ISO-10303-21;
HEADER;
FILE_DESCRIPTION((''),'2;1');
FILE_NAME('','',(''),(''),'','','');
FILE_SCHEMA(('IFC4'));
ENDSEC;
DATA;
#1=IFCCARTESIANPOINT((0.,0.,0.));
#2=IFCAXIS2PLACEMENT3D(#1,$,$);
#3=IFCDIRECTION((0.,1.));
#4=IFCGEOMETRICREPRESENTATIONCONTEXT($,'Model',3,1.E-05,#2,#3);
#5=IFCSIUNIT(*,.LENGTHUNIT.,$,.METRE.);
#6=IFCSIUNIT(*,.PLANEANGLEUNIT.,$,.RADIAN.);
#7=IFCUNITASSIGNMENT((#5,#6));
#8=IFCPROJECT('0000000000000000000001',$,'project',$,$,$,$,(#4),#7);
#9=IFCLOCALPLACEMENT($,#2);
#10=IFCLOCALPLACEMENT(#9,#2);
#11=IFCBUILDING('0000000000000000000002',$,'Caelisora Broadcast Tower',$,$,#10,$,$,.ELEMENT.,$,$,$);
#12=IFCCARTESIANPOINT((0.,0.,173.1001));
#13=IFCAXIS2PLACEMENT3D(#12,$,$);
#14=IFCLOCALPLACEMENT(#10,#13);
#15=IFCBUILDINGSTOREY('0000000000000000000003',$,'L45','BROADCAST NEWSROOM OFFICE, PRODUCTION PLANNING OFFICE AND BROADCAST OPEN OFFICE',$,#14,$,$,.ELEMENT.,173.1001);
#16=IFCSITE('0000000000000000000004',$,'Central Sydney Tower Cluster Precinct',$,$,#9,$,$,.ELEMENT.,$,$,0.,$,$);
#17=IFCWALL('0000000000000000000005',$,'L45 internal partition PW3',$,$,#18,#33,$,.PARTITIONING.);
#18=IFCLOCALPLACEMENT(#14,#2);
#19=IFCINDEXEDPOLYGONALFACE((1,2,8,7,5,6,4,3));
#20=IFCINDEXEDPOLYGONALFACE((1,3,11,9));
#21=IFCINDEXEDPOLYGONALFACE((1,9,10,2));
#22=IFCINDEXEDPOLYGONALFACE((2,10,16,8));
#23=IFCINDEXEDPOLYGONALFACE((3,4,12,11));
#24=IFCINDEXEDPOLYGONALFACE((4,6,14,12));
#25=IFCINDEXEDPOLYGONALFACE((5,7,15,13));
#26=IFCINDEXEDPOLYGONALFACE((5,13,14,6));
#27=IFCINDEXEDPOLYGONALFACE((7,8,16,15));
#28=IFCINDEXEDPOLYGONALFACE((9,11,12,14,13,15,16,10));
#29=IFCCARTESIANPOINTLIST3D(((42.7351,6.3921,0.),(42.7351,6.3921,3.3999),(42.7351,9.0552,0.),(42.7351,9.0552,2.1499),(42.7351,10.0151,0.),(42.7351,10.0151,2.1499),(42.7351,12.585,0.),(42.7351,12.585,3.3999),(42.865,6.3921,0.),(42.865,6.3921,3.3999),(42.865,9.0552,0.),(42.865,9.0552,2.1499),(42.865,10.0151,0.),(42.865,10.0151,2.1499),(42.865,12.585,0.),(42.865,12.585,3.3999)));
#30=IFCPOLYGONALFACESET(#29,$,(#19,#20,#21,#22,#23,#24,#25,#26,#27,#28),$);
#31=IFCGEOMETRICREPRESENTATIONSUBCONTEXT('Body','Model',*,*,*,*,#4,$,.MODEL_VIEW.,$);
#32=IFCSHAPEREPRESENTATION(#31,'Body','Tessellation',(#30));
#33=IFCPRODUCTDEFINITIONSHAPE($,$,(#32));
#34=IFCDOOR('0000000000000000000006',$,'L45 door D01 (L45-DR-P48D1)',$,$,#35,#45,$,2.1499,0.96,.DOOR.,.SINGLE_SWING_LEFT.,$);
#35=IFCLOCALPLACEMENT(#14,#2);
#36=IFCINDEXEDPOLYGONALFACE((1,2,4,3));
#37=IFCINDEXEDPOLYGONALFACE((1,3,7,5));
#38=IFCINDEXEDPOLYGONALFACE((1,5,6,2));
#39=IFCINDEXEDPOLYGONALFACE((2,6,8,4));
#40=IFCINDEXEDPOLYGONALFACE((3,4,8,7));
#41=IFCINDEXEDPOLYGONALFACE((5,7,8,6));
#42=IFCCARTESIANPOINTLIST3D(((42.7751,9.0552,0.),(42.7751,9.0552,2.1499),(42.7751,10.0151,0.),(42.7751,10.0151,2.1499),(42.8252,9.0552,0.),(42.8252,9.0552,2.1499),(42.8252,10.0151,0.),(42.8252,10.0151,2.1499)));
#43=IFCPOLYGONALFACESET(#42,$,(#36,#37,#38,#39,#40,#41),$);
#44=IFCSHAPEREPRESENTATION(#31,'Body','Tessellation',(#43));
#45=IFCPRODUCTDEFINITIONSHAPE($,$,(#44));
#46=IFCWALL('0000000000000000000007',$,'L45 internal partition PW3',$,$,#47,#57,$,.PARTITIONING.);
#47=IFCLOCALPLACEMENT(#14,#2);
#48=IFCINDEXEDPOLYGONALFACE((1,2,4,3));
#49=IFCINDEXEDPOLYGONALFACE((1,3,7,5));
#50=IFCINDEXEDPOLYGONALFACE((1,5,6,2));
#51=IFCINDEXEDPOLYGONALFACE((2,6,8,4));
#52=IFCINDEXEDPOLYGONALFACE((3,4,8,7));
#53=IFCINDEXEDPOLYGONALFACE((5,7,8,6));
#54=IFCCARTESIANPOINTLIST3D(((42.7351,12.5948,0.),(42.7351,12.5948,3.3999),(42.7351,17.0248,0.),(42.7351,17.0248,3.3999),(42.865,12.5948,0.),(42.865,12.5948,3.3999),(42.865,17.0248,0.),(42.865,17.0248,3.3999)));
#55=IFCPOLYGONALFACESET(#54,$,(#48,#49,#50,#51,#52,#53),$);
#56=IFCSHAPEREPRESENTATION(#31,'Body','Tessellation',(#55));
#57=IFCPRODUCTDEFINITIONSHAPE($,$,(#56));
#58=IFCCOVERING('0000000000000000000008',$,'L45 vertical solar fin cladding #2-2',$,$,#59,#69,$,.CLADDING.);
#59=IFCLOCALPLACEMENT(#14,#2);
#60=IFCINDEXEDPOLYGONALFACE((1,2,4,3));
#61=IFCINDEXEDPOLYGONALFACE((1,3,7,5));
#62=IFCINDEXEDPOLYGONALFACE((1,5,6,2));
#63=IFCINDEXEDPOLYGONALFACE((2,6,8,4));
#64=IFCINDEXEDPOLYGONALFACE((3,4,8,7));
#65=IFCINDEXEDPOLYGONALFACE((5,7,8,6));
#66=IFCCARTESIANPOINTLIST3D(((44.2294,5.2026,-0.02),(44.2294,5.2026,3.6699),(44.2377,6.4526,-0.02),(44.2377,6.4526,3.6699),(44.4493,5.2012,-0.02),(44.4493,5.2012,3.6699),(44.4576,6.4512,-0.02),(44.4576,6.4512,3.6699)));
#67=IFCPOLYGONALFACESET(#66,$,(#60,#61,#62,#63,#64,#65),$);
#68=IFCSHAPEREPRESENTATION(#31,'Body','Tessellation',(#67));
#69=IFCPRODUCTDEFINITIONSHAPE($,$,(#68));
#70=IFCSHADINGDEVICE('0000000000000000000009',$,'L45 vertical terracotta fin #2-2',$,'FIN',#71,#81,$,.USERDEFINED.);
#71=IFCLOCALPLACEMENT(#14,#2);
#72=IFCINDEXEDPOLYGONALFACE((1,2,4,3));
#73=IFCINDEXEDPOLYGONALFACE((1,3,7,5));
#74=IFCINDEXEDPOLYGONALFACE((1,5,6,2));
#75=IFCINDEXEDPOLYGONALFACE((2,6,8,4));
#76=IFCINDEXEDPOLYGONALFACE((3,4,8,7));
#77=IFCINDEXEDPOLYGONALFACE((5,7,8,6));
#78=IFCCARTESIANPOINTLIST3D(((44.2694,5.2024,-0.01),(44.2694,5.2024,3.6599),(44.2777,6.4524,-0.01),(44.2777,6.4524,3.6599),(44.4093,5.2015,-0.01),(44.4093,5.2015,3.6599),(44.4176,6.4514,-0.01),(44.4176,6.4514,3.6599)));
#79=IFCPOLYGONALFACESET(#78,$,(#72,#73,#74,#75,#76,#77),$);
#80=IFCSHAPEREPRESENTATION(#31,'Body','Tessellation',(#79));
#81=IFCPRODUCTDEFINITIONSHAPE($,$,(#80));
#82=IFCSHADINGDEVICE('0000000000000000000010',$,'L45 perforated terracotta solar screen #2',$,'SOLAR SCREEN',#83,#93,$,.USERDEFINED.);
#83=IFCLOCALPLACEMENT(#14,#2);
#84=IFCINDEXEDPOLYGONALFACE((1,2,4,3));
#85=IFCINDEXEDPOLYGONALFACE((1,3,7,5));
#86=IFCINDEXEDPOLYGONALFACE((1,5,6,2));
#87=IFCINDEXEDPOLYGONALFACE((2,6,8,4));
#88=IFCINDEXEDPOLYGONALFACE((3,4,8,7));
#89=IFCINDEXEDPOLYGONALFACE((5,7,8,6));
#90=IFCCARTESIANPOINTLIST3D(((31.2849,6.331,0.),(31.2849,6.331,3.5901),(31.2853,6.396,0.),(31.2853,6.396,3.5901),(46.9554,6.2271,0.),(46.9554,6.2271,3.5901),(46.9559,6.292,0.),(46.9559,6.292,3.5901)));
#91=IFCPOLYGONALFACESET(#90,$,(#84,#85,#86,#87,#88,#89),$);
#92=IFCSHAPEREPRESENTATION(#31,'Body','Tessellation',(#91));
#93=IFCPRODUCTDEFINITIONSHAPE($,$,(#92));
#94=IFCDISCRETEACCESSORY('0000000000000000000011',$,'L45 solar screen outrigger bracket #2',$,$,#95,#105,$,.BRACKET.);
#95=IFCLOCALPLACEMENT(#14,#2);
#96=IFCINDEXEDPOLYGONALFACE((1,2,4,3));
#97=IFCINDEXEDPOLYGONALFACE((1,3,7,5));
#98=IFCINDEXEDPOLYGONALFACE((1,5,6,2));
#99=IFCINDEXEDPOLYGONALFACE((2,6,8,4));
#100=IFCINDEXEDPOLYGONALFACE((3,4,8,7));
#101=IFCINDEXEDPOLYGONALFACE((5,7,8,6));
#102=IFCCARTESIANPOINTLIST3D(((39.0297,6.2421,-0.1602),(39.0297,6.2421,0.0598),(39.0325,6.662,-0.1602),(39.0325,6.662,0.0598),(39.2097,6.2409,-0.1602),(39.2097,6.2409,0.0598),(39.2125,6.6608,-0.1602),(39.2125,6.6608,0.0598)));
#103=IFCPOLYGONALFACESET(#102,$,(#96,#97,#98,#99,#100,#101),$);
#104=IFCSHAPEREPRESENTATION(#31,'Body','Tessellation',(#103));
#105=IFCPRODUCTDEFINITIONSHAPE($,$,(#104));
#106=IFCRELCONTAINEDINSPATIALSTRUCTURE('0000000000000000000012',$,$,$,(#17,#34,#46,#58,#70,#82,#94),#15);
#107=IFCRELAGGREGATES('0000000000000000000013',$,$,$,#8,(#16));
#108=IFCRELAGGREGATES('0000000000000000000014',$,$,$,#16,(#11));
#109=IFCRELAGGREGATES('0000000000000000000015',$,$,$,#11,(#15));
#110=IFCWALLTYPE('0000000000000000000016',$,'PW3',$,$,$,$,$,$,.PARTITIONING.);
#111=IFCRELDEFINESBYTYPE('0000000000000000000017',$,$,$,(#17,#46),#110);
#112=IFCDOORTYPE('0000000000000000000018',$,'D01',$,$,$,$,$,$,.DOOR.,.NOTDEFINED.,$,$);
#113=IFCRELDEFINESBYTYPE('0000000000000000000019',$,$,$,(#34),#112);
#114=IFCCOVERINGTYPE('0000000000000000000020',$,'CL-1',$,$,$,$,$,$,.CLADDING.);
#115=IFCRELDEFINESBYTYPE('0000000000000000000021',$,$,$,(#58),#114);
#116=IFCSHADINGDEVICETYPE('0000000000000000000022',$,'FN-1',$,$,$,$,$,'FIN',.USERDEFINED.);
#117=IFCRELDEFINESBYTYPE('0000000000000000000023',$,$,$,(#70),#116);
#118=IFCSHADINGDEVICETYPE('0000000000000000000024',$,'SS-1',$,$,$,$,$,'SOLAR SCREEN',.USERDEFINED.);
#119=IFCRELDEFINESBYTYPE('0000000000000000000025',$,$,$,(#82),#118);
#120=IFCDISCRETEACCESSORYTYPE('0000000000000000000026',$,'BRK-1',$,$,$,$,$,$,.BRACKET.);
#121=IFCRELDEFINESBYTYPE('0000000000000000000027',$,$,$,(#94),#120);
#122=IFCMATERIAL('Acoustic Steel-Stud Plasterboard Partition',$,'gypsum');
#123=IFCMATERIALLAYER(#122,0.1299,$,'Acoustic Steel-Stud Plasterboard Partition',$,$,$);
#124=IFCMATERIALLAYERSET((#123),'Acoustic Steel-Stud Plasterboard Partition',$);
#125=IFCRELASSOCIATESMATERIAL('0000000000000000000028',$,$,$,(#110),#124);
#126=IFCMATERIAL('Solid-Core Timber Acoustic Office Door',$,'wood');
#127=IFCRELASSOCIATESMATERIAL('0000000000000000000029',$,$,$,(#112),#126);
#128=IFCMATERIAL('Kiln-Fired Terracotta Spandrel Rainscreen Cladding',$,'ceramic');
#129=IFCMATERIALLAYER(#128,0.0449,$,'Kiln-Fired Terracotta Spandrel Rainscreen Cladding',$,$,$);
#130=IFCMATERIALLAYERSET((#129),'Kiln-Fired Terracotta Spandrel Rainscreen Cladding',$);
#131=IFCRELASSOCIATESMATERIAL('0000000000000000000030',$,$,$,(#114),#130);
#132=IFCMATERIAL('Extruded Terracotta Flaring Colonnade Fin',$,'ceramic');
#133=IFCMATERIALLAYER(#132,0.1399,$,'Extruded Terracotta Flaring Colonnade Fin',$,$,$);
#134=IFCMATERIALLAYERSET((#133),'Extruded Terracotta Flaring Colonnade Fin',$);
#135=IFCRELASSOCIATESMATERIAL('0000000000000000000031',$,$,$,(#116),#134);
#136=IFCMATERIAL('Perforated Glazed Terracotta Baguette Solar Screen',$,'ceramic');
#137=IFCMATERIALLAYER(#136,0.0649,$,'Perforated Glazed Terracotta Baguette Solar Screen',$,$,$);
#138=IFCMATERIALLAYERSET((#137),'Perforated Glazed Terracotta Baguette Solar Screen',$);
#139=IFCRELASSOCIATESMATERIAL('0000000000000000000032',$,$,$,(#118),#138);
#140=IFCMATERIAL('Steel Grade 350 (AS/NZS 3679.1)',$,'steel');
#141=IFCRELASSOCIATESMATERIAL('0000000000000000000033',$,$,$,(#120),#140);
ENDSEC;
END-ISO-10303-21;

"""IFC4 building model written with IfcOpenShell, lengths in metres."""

from ifc_helpers import new_model, si_unit, direction, frame, frame_2d, origin, origin_2d, place, context, subcontext, project, spatial, rectangle, extrude, source, transform, mapped, material, layer, layer_set, type_object, type_shapes, element, fill, save


model = new_model("IFC4")

# Units and contexts
model_context = context("Model", 3, precision=1e-05, world=origin(), true_north=direction((0.0, 1.0)))
body_context = subcontext(model_context, "Body", "Model", "MODEL_VIEW")
ifc_project = project(units=[si_unit("LENGTHUNIT", "METRE"), si_unit("PLANEANGLEUNIT", "RADIAN")], contexts=[model_context])

# Site, building, storey
site_placement = place(None, origin())
site = spatial("IfcSite", under=ifc_project, at=site_placement, Name="Central Sydney Tower Cluster Precinct", CompositionType="ELEMENT", RefElevation=0.0)
building_placement = place(site_placement, origin())
building = spatial("IfcBuilding", under=site, at=building_placement, Name="Caelisora Broadcast Tower", CompositionType="ELEMENT")
storey_placement = place(building_placement, frame((0.0, 0.0, 173.1001)))
storey = spatial("IfcBuildingStorey", under=building, at=storey_placement, Name="L45", Description="BROADCAST NEWSROOM OFFICE, PRODUCTION PLANNING OFFICE AND BROADCAST OPEN OFFICE", CompositionType="ELEMENT", Elevation=173.1001)

# Shared definitions
ifc_material_1 = material(Name="Steel Grade 350 (AS/NZS 3679.1)", Category="steel")

# Wall, opening, door
ifc_material_2 = material(Name="Acoustic Steel-Stud Plasterboard Partition", Category="gypsum")
ifc_layer_1 = layer(ifc_material_2, 0.1299, Name="Acoustic Steel-Stud Plasterboard Partition")
ifc_layer_set_1 = layer_set([ifc_layer_1], Name="Acoustic Steel-Stud Plasterboard Partition")
wall_type = type_object("IfcWallType", Name="PW3", PredefinedType="PARTITIONING", material=ifc_layer_set_1)
ifc_material_3 = material(Name="Solid-Core Timber Acoustic Office Door", Category="wood")
door_type = type_object("IfcDoorType", Name="D01", OperationType="NOTDEFINED", PredefinedType="DOOR", material=ifc_material_3)
wall_1_placement = place(storey_placement, frame((42.8, 6.3921, 0.0), z_axis=(0.0, 0.0, 1.0), x_axis=(0.0, 1.0, 0.0)))
wall_1 = element("IfcWall", 1, at=wall_1_placement, inside=storey, type_object=wall_type, Name="L45 internal partition PW3", PredefinedType="PARTITIONING", context=body_context, shape_type="SweptSolid", body=[
    extrude(rectangle(XDim=6.1929, YDim=0.1299, at=frame_2d((3.0964, 0.0))), origin(), (0.0, 0.0, 1.0), 3.3999),
])
opening_1_placement = place(wall_1_placement, frame((2.6631, 0.0, 0.0)))
opening_1 = element("IfcOpeningElement", 2, at=opening_1_placement, cuts=wall_1, PredefinedType="OPENING", context=body_context, shape_type="SweptSolid", body=[
    extrude(rectangle(XDim=0.96, YDim=2.1499, at=frame_2d((0.48, 1.075))), frame((0.0, 0.0769, 0.0), z_axis=(0.0, -1.0, 0.0), x_axis=(1.0, 0.0, 0.0)), (0.0, 0.0, 1.0), 0.1538),
])
door_1_placement = place(opening_1_placement, origin())
door_1 = element("IfcDoor", 3, at=door_1_placement, inside=storey, type_object=door_type, Name="L45 door D01 (L45-DR-P48D1)", OperationType="SINGLE_SWING_LEFT", OverallHeight=2.1499, OverallWidth=0.96, PredefinedType="DOOR", context=body_context, shape_type="SweptSolid", body=[
    extrude(rectangle(XDim=0.96, YDim=2.1499, at=frame_2d((0.48, 1.075))), frame((0.0, 0.0249, 0.0), z_axis=(0.0, -1.0, 0.0), x_axis=(1.0, 0.0, 0.0)), (0.0, 0.0, 1.0), 0.05),
])
fill(opening_1, door_1)

# Wall
wall_2_placement = place(storey_placement, frame((42.8, 12.595, 0.0), z_axis=(0.0, 0.0, 1.0), x_axis=(0.0, 1.0, 0.0)))
element("IfcWall", 4, at=wall_2_placement, inside=storey, type_object=wall_type, Name="L45 internal partition PW3", PredefinedType="PARTITIONING", context=body_context, shape_type="SweptSolid", body=[
    extrude(rectangle(XDim=4.4299, YDim=0.1299, at=frame_2d((2.2148, 0.0))), origin(), (0.0, 0.0, 1.0), 3.3999),
])

# Covering
ifc_material_4 = material(Name="Kiln-Fired Terracotta Spandrel Rainscreen Cladding", Category="ceramic")
ifc_layer_2 = layer(ifc_material_4, 0.0449, Name="Kiln-Fired Terracotta Spandrel Rainscreen Cladding")
ifc_layer_set_2 = layer_set([ifc_layer_2], Name="Kiln-Fired Terracotta Spandrel Rainscreen Cladding")
covering_type = type_object("IfcCoveringType", Name="CL-1", PredefinedType="CLADDING", material=ifc_layer_set_2)
shared_shape_1 = source(origin(), body_context, "Body", "SweptSolid", [
    extrude(rectangle(XDim=0.22, YDim=1.25, at=origin_2d()), origin(), (0.0, 0.0, 1.0), 3.6899),
])
type_shapes(covering_type, [shared_shape_1])
covering_placement = place(storey_placement, frame((44.3435, 5.8269, -0.02), z_axis=(0.0, 0.0, 1.0), x_axis=(-0.999978, 0.006632, 0.0)))
element("IfcCovering", 5, at=covering_placement, inside=storey, type_object=covering_type, Name="L45 vertical solar fin cladding #2-2", PredefinedType="CLADDING", context=body_context, shape_type="MappedRepresentation", body=[
    mapped(shared_shape_1, transform((0.0, 0.0, 0.0), scale=1.0)),
])

# Shading devices
ifc_material_5 = material(Name="Extruded Terracotta Flaring Colonnade Fin", Category="ceramic")
ifc_layer_3 = layer(ifc_material_5, 0.1399, Name="Extruded Terracotta Flaring Colonnade Fin")
ifc_layer_set_3 = layer_set([ifc_layer_3], Name="Extruded Terracotta Flaring Colonnade Fin")
shading_device_type_1 = type_object("IfcShadingDeviceType", Name="FN-1", ElementType="FIN", PredefinedType="USERDEFINED", material=ifc_layer_set_3)
shared_shape_2 = source(origin(), body_context, "Body", "SweptSolid", [
    extrude(rectangle(XDim=0.1399, YDim=1.25, at=origin_2d()), origin(), (0.0, 0.0, 1.0), 3.6699),
])
type_shapes(shading_device_type_1, [shared_shape_2])
shading_device_1_placement = place(storey_placement, frame((44.3435, 5.8269, -0.01), z_axis=(0.0, 0.0, 1.0), x_axis=(-0.999978, 0.006632, 0.0)))
element("IfcShadingDevice", 6, at=shading_device_1_placement, inside=storey, type_object=shading_device_type_1, Name="L45 vertical terracotta fin #2-2", ObjectType="FIN", PredefinedType="USERDEFINED", context=body_context, shape_type="MappedRepresentation", body=[
    mapped(shared_shape_2, transform((0.0, 0.0, 0.0), scale=1.0)),
])
ifc_material_6 = material(Name="Perforated Glazed Terracotta Baguette Solar Screen", Category="ceramic")
ifc_layer_4 = layer(ifc_material_6, 0.0649, Name="Perforated Glazed Terracotta Baguette Solar Screen")
ifc_layer_set_4 = layer_set([ifc_layer_4], Name="Perforated Glazed Terracotta Baguette Solar Screen")
shading_device_type_2 = type_object("IfcShadingDeviceType", Name="SS-1", ElementType="SOLAR SCREEN", PredefinedType="USERDEFINED", material=ifc_layer_set_4)
shared_shape_3 = source(origin(), body_context, "Body", "SweptSolid", [
    extrude(rectangle(XDim=15.6709, YDim=0.0649, at=origin_2d()), origin(), (0.0, 0.0, 1.0), 3.5901),
])
type_shapes(shading_device_type_2, [shared_shape_3])
shading_device_2_placement = place(storey_placement, frame((39.1204, 6.3115, 0.0), z_axis=(0.0, 0.0, 1.0), x_axis=(0.999978, -0.006632, 0.0)))
element("IfcShadingDevice", 7, at=shading_device_2_placement, inside=storey, type_object=shading_device_type_2, Name="L45 perforated terracotta solar screen #2", ObjectType="SOLAR SCREEN", PredefinedType="USERDEFINED", context=body_context, shape_type="MappedRepresentation", body=[
    mapped(shared_shape_3, transform((0.0, 0.0, 0.0), scale=1.0)),
])

# Discrete accessory
discrete_accessory_type = type_object("IfcDiscreteAccessoryType", Name="BRK-1", PredefinedType="BRACKET", material=ifc_material_1)
shared_shape_4 = source(origin(), body_context, "Body", "SweptSolid", [
    extrude(rectangle(XDim=0.1799, YDim=0.4199, at=origin_2d()), origin(), (0.0, 0.0, 1.0), 0.22),
])
type_shapes(discrete_accessory_type, [shared_shape_4])
discrete_accessory_placement = place(storey_placement, frame((39.1211, 6.4514, -0.1602), z_axis=(0.0, 0.0, 1.0), x_axis=(0.999978, -0.006632, 0.0)))
element("IfcDiscreteAccessory", 8, at=discrete_accessory_placement, inside=storey, type_object=discrete_accessory_type, Name="L45 solar screen outrigger bracket #2", PredefinedType="BRACKET", context=body_context, shape_type="MappedRepresentation", body=[
    mapped(shared_shape_4, transform((0.0, 0.0, 0.0), scale=1.0)),
])

save(model, "model.ifc")
